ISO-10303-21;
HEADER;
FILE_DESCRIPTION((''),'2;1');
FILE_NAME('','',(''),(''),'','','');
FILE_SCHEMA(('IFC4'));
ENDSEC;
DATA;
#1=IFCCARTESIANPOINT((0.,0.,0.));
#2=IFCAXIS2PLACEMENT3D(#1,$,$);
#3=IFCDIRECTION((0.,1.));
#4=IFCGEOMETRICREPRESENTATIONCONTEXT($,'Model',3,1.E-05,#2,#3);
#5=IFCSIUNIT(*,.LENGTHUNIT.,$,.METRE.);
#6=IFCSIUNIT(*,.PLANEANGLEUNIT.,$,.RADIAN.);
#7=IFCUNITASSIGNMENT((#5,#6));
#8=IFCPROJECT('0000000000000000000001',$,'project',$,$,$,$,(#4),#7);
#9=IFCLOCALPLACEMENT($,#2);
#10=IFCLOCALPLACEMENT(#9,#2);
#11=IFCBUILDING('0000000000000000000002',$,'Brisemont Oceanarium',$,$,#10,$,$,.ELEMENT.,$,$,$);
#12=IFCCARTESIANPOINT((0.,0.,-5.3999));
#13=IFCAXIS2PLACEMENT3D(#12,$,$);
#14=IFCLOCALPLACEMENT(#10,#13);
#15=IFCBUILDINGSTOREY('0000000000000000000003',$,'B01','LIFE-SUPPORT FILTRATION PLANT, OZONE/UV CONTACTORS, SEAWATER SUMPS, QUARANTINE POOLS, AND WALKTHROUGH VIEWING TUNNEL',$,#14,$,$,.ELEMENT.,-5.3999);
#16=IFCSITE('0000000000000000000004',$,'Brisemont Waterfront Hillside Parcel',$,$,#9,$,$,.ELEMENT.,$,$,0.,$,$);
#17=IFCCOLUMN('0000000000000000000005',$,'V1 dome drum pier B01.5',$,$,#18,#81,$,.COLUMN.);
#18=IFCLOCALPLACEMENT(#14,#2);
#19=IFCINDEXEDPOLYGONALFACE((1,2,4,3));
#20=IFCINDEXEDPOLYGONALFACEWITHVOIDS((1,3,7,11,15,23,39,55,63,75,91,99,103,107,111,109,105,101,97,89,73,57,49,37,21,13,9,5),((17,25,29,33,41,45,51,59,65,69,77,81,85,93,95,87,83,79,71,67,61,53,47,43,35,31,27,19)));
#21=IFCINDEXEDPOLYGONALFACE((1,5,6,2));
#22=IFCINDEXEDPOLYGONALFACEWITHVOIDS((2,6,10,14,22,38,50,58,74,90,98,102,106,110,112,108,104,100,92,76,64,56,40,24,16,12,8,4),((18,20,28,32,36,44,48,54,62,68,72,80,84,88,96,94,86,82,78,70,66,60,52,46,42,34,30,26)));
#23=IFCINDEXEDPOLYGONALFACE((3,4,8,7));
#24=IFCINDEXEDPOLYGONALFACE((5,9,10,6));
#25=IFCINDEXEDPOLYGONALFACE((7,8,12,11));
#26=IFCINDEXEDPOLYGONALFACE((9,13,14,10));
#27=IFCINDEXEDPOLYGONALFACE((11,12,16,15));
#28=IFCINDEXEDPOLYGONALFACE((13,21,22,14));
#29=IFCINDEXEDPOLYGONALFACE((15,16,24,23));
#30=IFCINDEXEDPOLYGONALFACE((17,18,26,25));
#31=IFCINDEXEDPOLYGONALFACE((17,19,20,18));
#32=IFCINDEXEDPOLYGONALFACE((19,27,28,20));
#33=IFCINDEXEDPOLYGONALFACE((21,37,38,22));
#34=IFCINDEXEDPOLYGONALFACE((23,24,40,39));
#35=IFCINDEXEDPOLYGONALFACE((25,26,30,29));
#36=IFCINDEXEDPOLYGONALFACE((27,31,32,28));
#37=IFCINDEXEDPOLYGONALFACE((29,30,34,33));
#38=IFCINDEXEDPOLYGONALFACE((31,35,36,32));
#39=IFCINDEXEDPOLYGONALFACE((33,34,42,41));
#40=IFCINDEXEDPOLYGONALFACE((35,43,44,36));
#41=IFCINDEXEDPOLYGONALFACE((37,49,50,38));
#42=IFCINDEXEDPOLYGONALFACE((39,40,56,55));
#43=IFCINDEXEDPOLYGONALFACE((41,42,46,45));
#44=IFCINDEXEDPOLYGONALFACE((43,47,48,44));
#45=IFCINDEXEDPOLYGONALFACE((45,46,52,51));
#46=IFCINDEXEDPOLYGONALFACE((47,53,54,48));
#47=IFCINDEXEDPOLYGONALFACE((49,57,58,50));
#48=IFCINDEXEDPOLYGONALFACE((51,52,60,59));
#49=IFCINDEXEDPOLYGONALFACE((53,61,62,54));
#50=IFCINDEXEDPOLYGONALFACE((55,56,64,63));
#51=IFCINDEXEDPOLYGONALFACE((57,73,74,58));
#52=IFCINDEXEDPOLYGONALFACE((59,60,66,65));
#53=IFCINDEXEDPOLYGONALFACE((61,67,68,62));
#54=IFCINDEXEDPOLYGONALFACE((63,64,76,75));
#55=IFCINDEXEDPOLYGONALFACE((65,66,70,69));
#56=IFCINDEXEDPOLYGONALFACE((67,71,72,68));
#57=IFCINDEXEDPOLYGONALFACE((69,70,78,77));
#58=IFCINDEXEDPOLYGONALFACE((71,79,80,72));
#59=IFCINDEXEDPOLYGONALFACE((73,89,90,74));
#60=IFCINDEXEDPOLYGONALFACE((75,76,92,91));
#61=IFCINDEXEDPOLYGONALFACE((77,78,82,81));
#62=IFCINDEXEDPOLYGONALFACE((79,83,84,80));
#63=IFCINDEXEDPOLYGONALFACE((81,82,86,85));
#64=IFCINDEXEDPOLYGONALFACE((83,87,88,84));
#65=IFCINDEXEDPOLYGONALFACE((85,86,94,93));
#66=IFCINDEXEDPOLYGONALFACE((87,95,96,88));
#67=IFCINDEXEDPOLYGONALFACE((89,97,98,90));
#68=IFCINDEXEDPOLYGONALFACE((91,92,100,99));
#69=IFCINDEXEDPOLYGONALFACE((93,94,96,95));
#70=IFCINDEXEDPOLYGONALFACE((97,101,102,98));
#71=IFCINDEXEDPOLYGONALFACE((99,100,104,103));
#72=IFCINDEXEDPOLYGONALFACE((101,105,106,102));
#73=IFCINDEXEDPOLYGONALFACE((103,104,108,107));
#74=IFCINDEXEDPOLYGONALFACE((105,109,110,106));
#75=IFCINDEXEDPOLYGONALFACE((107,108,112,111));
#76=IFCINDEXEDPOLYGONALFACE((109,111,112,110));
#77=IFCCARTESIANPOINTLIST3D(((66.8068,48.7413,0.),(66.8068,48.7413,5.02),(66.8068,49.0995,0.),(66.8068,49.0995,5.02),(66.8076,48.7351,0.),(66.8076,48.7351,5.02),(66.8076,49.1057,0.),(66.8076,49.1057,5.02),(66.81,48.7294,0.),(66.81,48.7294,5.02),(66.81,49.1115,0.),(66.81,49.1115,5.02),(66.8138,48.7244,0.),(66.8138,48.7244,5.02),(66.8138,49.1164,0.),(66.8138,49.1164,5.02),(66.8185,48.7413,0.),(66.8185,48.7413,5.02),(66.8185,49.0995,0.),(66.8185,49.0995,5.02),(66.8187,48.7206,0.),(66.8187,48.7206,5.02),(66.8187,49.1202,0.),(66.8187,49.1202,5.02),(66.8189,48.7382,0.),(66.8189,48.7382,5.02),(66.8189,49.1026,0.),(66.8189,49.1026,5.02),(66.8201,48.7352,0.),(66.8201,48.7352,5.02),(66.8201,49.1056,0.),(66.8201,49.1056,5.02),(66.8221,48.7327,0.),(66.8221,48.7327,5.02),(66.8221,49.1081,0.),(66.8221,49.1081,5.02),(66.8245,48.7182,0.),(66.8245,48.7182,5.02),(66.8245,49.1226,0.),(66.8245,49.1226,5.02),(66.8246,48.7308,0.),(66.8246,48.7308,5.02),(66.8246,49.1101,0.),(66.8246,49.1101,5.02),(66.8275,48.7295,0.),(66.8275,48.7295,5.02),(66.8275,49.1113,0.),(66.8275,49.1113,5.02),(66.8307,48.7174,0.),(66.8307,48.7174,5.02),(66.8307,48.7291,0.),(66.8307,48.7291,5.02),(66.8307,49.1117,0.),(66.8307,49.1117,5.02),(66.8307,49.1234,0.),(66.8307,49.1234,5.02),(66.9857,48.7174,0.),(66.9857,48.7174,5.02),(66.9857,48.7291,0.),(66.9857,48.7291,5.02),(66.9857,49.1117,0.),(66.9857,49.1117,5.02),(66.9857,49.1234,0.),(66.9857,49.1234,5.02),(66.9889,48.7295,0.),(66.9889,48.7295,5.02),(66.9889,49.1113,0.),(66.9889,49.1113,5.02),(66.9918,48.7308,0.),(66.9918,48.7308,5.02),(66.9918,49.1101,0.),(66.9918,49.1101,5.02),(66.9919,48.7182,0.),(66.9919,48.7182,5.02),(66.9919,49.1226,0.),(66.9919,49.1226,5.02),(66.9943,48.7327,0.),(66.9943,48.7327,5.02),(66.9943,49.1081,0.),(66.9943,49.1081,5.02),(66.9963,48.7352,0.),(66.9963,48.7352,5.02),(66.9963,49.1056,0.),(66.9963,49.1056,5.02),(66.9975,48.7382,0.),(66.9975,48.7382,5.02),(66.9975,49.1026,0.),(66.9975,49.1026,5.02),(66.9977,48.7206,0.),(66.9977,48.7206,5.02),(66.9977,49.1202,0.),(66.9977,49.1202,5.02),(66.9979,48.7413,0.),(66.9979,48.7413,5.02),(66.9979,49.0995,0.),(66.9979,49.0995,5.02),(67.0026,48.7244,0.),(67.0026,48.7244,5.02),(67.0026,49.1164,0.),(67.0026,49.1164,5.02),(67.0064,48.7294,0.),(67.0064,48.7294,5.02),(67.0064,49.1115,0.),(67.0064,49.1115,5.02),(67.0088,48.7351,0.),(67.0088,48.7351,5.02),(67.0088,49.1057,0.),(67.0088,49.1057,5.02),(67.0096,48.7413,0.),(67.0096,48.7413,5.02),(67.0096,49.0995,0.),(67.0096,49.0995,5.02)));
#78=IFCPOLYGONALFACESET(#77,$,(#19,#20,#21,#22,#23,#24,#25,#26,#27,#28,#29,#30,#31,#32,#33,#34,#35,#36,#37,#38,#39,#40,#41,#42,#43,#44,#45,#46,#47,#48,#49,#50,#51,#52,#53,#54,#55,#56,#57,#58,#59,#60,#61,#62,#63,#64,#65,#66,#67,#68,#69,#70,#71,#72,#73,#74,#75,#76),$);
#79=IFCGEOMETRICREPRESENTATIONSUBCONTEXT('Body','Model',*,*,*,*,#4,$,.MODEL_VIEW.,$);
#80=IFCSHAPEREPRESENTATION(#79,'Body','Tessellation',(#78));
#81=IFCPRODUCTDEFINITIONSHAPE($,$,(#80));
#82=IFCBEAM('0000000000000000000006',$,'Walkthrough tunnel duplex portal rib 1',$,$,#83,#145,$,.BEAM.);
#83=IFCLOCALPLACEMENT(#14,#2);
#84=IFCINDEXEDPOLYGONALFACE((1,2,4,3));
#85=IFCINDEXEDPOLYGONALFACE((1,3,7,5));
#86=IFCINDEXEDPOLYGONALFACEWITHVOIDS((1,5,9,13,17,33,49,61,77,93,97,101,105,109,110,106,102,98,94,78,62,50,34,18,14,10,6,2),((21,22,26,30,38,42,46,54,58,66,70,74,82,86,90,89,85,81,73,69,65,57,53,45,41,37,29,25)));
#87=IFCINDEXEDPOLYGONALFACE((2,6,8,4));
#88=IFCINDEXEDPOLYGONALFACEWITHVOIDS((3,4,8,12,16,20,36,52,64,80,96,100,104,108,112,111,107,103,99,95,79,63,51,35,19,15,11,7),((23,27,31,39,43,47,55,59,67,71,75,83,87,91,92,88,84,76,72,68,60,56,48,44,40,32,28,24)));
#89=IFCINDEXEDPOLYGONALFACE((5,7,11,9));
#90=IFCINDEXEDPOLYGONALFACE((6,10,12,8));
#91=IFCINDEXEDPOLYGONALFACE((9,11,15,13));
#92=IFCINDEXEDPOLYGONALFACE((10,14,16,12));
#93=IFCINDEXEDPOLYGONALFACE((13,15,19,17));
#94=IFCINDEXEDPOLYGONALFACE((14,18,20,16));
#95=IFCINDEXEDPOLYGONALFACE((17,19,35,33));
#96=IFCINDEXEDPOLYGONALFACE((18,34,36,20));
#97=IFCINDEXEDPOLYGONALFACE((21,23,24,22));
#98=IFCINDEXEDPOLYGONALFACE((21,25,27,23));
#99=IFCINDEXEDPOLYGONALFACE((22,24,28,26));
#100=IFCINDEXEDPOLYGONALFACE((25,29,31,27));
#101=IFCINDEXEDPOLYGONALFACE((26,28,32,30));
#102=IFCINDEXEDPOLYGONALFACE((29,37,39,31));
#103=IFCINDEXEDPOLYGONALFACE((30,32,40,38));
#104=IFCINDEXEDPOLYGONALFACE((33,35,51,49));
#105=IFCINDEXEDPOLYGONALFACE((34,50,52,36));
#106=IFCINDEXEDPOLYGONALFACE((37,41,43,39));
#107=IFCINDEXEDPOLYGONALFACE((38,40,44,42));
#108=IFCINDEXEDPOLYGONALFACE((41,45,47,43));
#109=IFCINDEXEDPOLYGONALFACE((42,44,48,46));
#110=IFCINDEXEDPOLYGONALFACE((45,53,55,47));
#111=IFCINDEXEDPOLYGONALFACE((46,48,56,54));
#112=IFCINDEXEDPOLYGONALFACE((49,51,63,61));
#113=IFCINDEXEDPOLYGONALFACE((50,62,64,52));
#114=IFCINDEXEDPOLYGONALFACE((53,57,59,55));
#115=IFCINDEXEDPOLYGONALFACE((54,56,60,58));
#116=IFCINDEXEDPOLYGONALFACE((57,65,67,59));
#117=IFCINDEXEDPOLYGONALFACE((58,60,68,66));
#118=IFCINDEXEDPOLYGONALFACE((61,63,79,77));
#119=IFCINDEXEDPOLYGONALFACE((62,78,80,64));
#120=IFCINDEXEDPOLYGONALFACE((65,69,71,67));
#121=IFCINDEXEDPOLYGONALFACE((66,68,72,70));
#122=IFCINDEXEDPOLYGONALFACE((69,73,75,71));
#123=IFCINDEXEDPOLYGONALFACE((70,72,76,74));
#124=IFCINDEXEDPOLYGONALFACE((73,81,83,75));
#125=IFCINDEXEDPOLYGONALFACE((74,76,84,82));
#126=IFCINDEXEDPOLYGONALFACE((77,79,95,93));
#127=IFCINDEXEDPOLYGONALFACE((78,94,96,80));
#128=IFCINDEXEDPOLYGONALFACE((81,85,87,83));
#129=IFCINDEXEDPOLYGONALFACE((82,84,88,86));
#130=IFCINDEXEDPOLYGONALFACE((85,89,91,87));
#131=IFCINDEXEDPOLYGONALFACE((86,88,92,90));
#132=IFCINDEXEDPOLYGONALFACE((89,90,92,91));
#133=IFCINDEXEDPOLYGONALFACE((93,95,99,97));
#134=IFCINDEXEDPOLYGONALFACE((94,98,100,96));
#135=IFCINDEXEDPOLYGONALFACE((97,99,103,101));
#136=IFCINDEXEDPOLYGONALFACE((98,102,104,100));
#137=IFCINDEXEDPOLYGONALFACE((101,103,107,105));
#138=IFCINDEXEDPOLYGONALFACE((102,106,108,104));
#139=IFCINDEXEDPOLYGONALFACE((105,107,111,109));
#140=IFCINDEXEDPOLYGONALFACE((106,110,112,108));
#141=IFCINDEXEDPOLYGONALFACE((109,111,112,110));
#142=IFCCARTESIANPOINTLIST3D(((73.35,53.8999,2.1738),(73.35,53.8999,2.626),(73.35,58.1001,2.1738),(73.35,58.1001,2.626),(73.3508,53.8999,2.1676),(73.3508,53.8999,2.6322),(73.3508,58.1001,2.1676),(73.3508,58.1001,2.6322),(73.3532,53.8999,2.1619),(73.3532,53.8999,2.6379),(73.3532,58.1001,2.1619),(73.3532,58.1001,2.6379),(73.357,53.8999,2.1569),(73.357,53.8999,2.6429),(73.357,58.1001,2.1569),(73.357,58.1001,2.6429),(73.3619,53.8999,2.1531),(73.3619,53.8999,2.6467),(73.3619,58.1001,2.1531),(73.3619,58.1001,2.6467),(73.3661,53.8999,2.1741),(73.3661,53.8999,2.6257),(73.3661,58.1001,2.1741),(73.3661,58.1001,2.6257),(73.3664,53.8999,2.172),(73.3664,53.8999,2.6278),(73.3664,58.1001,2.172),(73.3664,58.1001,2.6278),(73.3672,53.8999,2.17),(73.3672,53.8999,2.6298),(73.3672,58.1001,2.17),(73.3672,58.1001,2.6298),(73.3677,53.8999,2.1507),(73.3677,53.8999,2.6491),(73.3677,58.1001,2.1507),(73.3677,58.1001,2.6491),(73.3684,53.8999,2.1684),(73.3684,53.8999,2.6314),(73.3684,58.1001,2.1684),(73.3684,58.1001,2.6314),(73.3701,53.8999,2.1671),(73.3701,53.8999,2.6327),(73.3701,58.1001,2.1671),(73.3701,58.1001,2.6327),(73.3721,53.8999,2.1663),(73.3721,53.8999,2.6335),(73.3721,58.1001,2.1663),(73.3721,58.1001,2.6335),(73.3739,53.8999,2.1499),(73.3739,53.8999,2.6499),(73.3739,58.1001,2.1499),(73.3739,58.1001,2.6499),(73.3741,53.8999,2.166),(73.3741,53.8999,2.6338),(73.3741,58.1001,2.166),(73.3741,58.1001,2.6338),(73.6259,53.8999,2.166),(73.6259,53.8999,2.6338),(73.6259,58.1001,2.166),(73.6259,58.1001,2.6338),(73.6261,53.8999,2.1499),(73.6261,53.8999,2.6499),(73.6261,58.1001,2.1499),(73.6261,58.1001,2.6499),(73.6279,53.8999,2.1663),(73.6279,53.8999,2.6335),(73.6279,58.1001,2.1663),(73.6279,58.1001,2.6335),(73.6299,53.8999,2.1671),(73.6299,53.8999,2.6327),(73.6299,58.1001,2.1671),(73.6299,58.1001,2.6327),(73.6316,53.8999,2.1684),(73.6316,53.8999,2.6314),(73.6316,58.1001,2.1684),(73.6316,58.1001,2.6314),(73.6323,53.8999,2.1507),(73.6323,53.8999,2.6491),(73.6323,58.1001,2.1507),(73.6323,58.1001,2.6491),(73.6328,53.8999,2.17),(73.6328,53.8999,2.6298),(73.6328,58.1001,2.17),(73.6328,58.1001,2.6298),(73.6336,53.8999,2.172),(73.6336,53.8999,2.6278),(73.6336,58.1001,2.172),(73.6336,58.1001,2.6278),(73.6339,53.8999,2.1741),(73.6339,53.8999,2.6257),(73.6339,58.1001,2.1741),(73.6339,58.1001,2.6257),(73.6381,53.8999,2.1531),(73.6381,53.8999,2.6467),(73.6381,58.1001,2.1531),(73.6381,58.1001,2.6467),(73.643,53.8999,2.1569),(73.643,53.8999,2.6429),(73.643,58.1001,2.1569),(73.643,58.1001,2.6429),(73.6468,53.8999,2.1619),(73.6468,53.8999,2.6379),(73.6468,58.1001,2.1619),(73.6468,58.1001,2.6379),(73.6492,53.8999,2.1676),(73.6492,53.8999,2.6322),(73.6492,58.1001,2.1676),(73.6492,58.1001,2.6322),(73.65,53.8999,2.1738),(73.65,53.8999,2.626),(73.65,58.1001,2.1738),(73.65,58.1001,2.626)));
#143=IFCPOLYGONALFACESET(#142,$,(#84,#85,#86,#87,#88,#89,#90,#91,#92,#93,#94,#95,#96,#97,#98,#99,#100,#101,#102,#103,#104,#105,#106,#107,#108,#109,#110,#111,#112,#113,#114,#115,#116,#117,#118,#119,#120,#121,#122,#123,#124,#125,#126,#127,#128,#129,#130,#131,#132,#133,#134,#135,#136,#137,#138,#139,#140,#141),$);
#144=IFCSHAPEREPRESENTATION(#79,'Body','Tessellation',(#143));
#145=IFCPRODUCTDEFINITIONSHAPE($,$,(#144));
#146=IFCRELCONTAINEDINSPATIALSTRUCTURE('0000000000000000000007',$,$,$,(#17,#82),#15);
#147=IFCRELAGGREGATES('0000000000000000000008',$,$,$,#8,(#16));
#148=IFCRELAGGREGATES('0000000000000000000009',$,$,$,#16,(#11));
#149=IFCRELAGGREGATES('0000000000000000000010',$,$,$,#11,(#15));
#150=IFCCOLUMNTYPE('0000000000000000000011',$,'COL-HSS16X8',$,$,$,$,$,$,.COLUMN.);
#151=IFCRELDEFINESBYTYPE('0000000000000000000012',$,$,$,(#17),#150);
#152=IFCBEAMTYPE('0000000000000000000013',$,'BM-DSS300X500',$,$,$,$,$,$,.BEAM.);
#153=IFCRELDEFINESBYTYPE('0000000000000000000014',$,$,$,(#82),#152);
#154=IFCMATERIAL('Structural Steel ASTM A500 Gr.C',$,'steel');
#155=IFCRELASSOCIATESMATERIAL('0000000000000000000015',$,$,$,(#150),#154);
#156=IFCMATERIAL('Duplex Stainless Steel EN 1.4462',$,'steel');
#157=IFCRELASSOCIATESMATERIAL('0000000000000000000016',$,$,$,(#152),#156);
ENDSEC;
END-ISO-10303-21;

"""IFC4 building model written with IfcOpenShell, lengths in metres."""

from ifc_helpers import new_model, si_unit, direction, frame, origin, origin_2d, place, context, subcontext, project, spatial, hollow_rectangle, extrude, material, material_profile, profile_set, type_object, element, save


model = new_model("IFC4")

# Units and contexts
model_context = context("Model", 3, precision=1e-05, world=origin(), true_north=direction((0.0, 1.0)))
body_context = subcontext(model_context, "Body", "Model", "MODEL_VIEW")
ifc_project = project(units=[si_unit("LENGTHUNIT", "METRE"), si_unit("PLANEANGLEUNIT", "RADIAN")], contexts=[model_context])

# Site, building, storey
site_placement = place(None, origin())
site = spatial("IfcSite", under=ifc_project, at=site_placement, Name="Brisemont Waterfront Hillside Parcel", CompositionType="ELEMENT", RefElevation=0.0)
building_placement = place(site_placement, origin())
building = spatial("IfcBuilding", under=site, at=building_placement, Name="Brisemont Oceanarium", CompositionType="ELEMENT")
storey_placement = place(building_placement, frame((0.0, 0.0, -5.3999)))
storey = spatial("IfcBuildingStorey", under=building, at=storey_placement, Name="B01", Description="LIFE-SUPPORT FILTRATION PLANT, OZONE/UV CONTACTORS, SEAWATER SUMPS, QUARANTINE POOLS, AND WALKTHROUGH VIEWING TUNNEL", CompositionType="ELEMENT", Elevation=-5.3999)

# Column
ifc_material_1 = material(Name="Structural Steel ASTM A500 Gr.C", Category="steel")
ifc_material_profile_1 = material_profile(ifc_material_1, hollow_rectangle(XDim=0.2029, YDim=0.406, WallThickness=0.0117, InnerFilletRadius=0.0122, OuterFilletRadius=0.0239, at=origin_2d()), Name="HSS16X8X1/2")
ifc_profile_set_1 = profile_set([ifc_material_profile_1], Name="Structural Steel ASTM A500 Gr.C")
column_type_1 = type_object("IfcColumnType", Name="COL-HSS16X8", PredefinedType="COLUMN", material=ifc_profile_set_1)
column_placement = place(storey_placement, frame((66.9082, 48.9204, 0.0), z_axis=(0.0, 0.0, 1.0), x_axis=(1.0, 0.0, 0.0)))
element("IfcColumn", 1, at=column_placement, inside=storey, type_object=column_type_1, Name="V1 dome drum pier B01.5", PredefinedType="COLUMN", context=body_context, shape_type="SweptSolid", body=[
    extrude(hollow_rectangle(XDim=0.2029, YDim=0.406, WallThickness=0.0117, InnerFilletRadius=0.0122, OuterFilletRadius=0.0239, at=origin_2d()), origin(), (0.0, 0.0, 1.0), 5.02),
])

# Beam
ifc_material_2 = material(Name="Duplex Stainless Steel EN 1.4462", Category="steel")
ifc_material_profile_2 = material_profile(ifc_material_2, hollow_rectangle(XDim=0.3, YDim=0.5, WallThickness=0.0161, InnerFilletRadius=0.0081, OuterFilletRadius=0.0239, at=origin_2d()), Name="DSS-300X500")
ifc_profile_set_2 = profile_set([ifc_material_profile_2], Name="Duplex Stainless Steel EN 1.4462")
beam_type = type_object("IfcBeamType", Name="BM-DSS300X500", PredefinedType="BEAM", material=ifc_profile_set_2)
for number, where, z_axis, x_axis, name in (
    (2, (73.5, 53.8999, 2.3999), (0.0, 1.0, 0.0), (-1.0, 0.0, 0.0), "Walkthrough tunnel duplex portal rib 1"),
):
    element("IfcBeam", number, at=place(storey_placement, frame(where, z_axis=z_axis, x_axis=x_axis)), inside=storey, type_object=beam_type, Name=name, PredefinedType="BEAM", context=body_context, shape_type="SweptSolid", body=[
        extrude(hollow_rectangle(XDim=0.3, YDim=0.5, WallThickness=0.0161, InnerFilletRadius=0.0081, OuterFilletRadius=0.0239, at=origin_2d()), origin(), (0.0, 0.0, 1.0), 4.2002),
    ])

save(model, "model.ifc")
